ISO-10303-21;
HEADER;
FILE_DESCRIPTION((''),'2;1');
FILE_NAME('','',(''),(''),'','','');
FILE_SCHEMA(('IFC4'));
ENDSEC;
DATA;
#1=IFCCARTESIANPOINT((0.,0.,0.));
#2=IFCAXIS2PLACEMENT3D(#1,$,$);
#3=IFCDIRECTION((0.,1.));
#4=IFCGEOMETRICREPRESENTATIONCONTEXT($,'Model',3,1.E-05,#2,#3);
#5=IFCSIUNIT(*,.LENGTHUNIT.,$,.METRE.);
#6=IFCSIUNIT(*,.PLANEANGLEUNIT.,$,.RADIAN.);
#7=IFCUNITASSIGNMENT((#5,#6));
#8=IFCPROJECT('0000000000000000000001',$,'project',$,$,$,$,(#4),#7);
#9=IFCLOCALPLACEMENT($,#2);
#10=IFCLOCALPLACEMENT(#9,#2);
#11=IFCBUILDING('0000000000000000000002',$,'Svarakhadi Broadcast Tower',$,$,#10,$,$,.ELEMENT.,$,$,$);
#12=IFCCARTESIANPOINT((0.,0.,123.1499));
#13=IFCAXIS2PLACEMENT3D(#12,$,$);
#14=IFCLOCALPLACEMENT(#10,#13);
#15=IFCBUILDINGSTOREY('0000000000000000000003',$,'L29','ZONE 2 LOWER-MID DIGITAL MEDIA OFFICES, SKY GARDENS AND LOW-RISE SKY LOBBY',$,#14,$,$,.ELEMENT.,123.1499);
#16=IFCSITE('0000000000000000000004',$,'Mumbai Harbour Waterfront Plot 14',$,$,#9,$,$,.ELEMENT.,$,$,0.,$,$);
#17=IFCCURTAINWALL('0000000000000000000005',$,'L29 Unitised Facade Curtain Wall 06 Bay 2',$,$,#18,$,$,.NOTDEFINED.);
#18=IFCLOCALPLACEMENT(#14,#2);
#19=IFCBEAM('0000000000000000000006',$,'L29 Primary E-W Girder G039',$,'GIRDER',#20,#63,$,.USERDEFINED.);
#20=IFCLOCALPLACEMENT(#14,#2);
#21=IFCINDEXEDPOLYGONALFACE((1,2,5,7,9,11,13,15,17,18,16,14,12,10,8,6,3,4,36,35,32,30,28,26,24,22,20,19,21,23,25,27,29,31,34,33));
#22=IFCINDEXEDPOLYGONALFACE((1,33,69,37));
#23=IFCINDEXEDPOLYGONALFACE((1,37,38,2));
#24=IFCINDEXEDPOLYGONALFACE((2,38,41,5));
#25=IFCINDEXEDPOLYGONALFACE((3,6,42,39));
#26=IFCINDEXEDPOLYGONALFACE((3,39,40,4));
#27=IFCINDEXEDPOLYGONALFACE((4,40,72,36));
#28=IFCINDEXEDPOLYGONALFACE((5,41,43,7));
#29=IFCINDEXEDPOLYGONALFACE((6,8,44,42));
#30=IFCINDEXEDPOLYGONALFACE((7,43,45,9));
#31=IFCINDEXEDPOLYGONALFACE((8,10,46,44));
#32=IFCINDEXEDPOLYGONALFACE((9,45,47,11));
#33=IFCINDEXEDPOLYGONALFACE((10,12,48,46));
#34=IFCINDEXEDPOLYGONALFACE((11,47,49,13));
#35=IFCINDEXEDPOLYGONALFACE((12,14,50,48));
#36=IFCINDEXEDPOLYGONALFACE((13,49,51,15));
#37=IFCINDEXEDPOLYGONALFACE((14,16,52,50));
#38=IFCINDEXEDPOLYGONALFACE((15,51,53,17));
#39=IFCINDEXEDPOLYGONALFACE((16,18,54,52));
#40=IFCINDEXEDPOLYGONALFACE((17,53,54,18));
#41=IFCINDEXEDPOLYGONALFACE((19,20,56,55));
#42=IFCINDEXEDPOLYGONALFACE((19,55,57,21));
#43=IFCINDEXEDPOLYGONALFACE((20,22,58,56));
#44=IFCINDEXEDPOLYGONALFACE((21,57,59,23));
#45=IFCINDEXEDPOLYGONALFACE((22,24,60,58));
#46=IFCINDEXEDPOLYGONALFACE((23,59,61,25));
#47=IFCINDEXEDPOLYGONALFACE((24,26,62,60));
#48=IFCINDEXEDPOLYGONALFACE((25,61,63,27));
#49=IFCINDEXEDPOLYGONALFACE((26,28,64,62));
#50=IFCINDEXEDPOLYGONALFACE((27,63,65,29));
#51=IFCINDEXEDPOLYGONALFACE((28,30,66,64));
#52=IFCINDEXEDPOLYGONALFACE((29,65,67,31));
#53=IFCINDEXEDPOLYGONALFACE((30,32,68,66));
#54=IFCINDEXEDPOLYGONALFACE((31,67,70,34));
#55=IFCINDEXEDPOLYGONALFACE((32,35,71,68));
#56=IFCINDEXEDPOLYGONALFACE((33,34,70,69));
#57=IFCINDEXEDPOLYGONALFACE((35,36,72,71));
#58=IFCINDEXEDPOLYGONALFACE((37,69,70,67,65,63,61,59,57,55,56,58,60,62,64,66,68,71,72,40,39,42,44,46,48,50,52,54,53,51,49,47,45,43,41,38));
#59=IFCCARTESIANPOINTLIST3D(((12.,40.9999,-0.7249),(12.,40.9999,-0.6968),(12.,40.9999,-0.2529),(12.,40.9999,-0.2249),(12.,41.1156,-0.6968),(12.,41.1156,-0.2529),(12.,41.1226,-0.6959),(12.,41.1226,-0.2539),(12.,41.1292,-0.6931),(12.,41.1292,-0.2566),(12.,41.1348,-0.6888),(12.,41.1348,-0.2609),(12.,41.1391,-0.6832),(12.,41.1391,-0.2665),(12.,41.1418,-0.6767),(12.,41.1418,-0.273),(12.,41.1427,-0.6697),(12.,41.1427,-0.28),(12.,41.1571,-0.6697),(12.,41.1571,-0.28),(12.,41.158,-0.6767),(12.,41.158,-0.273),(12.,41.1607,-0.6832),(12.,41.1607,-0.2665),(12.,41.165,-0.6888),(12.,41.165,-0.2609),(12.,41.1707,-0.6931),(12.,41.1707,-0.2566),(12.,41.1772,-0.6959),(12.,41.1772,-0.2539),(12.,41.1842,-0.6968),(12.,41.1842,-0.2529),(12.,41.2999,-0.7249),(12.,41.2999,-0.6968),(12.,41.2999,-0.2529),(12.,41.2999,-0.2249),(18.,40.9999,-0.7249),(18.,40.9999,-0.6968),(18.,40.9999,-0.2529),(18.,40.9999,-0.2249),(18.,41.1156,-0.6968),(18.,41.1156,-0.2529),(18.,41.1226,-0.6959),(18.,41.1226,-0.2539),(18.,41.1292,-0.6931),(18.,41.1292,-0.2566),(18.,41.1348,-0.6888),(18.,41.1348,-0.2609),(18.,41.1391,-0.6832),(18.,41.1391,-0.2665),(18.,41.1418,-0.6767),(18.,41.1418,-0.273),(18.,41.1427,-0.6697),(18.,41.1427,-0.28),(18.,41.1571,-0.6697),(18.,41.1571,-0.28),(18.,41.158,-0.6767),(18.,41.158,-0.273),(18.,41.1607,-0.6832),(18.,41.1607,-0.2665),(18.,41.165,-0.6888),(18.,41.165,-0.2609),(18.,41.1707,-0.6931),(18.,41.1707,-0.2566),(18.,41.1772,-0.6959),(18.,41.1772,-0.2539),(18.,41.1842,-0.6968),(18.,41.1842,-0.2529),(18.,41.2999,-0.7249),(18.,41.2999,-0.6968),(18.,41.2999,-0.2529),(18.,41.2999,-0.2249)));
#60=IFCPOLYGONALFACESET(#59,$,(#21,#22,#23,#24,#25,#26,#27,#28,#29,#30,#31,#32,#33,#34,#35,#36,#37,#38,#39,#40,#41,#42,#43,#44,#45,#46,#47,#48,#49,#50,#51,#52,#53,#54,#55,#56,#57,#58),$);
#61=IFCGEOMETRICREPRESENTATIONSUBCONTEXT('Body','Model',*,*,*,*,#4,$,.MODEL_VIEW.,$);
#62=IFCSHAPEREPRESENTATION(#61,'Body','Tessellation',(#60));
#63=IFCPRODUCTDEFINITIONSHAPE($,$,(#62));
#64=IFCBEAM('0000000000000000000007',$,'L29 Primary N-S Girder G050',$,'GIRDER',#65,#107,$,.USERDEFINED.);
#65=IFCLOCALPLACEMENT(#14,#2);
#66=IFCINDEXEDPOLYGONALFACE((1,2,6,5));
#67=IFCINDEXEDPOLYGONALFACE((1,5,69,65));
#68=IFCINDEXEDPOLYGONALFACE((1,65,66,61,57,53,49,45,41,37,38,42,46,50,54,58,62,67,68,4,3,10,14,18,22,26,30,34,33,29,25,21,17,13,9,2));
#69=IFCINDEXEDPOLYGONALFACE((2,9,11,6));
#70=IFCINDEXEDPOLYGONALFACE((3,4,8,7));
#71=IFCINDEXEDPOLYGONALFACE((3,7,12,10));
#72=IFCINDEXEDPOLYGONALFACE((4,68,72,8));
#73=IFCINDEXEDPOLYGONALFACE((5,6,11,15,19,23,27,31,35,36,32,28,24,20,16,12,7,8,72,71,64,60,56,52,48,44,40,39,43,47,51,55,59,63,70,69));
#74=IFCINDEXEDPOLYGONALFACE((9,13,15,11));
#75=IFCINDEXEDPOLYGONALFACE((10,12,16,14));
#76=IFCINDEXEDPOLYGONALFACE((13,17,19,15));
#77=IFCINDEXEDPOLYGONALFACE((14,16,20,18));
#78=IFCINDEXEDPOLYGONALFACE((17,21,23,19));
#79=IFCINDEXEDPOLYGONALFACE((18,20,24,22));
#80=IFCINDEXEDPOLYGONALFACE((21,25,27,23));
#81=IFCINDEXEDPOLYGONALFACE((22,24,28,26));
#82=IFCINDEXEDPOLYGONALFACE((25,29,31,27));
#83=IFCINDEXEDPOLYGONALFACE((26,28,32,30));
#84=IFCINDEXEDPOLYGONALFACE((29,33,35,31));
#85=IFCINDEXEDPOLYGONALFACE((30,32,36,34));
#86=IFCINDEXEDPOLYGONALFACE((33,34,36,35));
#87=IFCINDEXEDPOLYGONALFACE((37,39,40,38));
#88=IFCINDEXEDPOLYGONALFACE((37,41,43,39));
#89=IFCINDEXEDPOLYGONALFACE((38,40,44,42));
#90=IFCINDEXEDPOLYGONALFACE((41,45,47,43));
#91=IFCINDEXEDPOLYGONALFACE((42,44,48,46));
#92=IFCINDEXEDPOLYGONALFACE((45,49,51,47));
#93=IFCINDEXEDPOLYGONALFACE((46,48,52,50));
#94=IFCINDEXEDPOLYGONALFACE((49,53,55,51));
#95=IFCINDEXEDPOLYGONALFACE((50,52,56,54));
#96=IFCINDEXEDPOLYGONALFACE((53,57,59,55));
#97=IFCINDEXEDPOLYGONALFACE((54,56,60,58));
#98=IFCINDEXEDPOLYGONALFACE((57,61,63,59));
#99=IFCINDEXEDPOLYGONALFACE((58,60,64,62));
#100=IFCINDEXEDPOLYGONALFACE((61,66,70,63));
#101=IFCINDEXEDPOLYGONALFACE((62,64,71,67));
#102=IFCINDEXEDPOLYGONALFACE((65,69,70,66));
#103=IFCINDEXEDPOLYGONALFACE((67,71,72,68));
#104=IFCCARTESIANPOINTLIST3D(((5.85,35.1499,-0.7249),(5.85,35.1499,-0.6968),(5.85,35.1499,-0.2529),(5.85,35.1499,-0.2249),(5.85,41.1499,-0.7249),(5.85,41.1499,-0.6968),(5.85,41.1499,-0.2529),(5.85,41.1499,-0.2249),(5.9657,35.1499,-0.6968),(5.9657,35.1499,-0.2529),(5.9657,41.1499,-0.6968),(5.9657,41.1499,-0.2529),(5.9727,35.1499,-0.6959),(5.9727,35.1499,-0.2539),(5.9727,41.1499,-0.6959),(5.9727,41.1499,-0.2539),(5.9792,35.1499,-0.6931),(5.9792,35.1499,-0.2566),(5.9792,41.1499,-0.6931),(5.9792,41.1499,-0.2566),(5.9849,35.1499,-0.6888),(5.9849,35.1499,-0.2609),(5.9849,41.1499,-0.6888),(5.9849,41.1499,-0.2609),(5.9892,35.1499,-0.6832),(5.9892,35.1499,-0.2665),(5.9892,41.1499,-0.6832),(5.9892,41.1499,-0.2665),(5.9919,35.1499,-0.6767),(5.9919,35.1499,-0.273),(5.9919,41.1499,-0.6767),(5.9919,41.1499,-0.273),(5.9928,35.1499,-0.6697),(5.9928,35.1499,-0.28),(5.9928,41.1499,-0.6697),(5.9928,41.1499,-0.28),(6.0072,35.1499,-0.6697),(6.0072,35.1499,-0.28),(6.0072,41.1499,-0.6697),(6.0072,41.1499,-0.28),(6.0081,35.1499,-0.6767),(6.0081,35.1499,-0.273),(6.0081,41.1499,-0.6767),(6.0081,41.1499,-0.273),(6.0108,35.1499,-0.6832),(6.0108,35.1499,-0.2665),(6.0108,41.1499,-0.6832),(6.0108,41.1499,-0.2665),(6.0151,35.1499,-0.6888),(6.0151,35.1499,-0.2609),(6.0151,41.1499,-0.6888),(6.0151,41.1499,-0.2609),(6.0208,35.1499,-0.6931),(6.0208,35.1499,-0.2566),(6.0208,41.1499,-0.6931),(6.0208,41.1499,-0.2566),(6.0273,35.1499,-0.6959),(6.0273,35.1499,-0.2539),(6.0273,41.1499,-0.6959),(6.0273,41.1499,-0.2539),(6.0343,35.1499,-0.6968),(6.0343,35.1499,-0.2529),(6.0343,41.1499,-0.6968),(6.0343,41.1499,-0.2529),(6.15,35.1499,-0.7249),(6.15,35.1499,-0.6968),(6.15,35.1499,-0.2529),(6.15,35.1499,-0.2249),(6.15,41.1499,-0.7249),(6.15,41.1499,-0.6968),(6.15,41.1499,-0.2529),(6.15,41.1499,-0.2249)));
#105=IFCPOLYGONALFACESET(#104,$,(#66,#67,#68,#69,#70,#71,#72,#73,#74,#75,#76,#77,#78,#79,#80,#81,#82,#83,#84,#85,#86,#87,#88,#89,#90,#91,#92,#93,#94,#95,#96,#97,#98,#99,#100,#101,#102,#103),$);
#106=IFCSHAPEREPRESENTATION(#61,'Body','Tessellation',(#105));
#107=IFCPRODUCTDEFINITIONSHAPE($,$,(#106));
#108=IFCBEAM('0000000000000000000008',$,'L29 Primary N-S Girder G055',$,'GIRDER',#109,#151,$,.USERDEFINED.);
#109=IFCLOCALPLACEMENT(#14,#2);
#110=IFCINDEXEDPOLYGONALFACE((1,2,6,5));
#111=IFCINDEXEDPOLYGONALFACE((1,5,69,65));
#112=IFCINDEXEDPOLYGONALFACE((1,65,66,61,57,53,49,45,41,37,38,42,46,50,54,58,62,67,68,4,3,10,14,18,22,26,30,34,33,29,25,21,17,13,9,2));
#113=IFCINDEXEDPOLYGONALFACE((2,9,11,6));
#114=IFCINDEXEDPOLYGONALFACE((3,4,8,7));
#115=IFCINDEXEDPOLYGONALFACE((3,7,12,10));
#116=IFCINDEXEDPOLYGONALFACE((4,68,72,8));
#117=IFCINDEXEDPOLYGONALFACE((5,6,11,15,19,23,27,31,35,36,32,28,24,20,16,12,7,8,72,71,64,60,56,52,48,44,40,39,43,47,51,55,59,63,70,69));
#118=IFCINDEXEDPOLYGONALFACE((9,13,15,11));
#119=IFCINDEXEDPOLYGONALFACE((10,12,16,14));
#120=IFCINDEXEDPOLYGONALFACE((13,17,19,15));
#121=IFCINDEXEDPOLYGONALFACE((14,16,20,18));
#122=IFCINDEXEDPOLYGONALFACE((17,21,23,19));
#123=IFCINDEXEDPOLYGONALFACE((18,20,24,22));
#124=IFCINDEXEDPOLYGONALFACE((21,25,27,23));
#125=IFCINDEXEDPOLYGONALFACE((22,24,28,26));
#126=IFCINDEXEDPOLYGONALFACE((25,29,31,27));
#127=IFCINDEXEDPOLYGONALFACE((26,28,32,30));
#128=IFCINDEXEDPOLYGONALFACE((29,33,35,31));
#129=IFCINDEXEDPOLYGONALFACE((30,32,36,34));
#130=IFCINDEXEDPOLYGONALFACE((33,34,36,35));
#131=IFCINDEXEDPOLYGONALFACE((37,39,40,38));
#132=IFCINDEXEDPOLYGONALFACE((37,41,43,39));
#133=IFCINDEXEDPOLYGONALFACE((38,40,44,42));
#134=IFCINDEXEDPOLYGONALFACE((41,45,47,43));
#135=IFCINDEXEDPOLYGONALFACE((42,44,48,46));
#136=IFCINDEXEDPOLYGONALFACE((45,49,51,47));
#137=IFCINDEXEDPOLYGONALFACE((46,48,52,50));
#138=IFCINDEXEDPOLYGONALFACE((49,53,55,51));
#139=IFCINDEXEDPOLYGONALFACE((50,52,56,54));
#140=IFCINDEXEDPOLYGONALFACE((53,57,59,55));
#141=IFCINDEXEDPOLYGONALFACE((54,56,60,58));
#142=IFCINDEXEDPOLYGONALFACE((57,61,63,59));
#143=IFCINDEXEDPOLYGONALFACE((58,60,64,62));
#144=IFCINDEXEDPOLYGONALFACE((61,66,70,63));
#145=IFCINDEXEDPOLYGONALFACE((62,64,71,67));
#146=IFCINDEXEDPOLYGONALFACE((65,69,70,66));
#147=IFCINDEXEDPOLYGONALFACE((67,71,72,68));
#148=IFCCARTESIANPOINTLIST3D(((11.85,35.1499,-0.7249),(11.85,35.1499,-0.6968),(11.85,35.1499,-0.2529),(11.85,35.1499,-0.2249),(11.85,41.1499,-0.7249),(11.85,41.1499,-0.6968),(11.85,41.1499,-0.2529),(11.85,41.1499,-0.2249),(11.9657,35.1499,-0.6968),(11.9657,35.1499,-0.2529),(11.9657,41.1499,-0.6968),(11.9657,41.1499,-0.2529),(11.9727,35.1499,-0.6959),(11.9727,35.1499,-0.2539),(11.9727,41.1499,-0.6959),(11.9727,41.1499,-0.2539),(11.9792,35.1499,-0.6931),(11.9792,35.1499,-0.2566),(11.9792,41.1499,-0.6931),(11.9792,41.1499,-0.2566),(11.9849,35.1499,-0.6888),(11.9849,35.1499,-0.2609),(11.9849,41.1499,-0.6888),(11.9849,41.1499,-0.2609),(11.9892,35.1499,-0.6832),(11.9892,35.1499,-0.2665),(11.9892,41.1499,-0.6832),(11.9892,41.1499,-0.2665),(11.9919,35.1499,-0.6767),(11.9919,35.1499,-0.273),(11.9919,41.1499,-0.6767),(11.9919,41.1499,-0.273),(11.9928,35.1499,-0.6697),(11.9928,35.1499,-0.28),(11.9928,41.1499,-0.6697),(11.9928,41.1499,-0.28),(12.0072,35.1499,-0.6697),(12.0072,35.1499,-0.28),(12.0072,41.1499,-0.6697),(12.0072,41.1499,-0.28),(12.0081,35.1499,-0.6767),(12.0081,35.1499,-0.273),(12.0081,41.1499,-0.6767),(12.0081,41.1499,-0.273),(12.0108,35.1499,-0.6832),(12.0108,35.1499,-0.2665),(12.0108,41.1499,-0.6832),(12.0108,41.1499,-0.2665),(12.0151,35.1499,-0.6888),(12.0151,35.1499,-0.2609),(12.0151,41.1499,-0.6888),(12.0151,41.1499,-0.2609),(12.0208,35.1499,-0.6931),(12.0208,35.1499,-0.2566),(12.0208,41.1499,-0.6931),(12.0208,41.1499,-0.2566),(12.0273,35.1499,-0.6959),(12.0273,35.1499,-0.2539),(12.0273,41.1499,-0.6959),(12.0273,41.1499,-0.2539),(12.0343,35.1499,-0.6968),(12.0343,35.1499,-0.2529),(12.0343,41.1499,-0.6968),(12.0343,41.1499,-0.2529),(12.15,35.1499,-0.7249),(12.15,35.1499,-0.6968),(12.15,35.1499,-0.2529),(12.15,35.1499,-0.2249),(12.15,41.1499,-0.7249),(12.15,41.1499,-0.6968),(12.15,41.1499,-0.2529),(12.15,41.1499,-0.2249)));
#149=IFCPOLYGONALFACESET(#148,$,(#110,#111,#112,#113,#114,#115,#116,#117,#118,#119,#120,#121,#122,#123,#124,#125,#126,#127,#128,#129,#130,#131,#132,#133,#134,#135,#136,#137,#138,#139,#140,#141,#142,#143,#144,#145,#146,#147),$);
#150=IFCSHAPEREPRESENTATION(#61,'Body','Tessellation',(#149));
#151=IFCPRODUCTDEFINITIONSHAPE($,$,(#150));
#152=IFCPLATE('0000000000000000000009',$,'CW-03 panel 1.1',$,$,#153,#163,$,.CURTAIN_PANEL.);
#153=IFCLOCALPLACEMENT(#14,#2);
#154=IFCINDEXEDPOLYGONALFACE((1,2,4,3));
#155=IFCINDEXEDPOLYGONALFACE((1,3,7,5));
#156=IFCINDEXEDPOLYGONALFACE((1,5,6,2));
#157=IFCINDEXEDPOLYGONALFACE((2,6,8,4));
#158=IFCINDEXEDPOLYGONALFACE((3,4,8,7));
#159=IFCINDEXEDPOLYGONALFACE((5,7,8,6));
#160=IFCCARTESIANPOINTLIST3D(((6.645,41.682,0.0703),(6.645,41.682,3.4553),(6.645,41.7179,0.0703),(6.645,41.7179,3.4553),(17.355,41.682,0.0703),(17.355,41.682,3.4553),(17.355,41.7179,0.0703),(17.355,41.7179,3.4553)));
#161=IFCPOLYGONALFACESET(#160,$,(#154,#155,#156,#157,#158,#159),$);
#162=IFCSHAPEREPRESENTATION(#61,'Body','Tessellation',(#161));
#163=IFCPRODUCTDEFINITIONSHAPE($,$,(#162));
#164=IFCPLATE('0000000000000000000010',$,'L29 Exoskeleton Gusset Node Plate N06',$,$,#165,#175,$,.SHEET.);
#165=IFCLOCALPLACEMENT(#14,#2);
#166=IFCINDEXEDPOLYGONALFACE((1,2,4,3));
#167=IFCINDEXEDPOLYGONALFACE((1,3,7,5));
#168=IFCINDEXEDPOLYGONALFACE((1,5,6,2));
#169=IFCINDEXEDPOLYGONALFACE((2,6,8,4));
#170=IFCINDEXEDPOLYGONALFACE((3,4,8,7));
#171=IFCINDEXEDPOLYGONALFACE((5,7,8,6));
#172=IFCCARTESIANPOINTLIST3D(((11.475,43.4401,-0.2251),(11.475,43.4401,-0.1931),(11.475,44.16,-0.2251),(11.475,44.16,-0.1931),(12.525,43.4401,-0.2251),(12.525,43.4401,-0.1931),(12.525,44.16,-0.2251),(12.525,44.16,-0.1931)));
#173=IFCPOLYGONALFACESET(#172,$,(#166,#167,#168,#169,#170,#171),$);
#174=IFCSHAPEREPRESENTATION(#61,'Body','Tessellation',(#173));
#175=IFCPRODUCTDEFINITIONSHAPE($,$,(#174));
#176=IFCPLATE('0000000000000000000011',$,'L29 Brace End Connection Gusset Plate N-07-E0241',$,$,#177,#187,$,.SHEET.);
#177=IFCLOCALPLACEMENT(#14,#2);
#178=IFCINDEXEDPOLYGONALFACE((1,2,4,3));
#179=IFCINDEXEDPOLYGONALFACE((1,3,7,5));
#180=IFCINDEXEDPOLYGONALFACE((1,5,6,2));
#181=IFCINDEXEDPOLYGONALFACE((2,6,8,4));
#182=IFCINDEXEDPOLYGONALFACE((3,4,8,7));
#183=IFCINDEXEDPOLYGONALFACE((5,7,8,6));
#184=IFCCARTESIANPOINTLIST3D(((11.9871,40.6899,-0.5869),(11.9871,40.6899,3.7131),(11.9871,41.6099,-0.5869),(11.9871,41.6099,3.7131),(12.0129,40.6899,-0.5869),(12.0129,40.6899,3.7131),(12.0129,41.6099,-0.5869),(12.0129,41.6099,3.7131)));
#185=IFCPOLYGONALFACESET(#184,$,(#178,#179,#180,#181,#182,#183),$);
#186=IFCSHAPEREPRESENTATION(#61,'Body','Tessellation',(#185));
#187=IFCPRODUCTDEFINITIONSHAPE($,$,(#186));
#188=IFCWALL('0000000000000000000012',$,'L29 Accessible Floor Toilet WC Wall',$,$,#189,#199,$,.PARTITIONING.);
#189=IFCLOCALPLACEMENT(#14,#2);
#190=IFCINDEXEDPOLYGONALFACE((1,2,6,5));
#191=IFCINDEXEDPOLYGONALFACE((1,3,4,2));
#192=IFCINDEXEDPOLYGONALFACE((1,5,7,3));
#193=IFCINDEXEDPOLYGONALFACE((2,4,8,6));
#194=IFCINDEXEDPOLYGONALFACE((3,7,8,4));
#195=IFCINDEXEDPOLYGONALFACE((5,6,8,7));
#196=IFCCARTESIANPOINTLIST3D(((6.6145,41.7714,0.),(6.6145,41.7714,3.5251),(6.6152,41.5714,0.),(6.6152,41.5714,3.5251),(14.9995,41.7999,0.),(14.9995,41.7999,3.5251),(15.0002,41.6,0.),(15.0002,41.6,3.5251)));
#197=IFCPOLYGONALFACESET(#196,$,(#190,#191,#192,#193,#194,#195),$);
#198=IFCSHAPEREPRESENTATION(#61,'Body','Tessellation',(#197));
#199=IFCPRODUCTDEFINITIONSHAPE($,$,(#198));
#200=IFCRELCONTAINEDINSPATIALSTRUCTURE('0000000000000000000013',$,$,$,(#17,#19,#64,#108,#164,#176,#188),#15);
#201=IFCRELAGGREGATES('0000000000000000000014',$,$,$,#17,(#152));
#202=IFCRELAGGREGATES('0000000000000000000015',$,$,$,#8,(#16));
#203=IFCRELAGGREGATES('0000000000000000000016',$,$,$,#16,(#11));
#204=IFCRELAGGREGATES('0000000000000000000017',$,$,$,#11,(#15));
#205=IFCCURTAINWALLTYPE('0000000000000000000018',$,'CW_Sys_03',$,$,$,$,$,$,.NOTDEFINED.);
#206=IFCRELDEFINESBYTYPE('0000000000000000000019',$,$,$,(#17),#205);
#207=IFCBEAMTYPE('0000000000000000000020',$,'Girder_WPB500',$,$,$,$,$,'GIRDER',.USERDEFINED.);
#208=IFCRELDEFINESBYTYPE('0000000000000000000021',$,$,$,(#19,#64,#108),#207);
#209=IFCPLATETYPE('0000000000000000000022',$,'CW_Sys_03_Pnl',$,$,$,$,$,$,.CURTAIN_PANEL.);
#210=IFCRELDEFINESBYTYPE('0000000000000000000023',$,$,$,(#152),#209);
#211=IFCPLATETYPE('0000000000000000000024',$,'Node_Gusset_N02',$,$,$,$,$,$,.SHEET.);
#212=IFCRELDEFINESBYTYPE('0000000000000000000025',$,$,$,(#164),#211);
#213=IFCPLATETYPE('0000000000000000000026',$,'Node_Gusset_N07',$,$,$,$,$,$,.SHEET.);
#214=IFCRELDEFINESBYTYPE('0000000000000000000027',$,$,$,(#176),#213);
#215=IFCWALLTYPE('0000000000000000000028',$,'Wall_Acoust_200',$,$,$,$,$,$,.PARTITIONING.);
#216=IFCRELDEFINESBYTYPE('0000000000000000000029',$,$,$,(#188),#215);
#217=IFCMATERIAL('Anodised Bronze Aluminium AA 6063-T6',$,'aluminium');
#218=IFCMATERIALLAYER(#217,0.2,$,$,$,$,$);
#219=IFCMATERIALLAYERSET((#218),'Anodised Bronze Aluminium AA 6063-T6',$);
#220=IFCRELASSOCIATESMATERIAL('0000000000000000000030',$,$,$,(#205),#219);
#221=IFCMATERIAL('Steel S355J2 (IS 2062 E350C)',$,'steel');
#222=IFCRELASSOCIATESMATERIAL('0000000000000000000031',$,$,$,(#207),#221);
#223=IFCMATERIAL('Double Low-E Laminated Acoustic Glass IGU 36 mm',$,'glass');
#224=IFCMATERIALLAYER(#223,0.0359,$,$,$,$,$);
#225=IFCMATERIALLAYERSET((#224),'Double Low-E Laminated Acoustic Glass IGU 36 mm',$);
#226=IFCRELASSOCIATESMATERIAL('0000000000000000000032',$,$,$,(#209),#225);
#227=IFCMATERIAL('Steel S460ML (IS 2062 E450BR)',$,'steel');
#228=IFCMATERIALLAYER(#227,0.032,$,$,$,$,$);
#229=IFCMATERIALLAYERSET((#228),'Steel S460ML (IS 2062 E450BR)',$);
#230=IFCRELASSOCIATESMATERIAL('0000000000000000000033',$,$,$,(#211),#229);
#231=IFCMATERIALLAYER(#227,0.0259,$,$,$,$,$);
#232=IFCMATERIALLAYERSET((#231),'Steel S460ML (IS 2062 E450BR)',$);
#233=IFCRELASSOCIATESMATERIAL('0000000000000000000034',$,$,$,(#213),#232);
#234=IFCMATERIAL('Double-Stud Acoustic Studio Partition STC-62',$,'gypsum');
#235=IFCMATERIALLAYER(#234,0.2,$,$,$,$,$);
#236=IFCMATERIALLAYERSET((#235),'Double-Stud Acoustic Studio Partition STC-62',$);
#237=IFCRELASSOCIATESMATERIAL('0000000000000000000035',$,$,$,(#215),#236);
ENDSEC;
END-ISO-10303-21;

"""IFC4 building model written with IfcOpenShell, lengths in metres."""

from ifc_helpers import new_model, si_unit, direction, frame, frame_2d, origin, origin_2d, place, context, subcontext, project, spatial, rectangle, i_section, extrude, material, layer, layer_set, material_profile, profile_set, type_object, element, aggregate, save


model = new_model("IFC4")

# Units and contexts
model_context = context("Model", 3, precision=1e-05, world=origin(), true_north=direction((0.0, 1.0)))
body_context = subcontext(model_context, "Body", "Model", "MODEL_VIEW")
ifc_project = project(units=[si_unit("LENGTHUNIT", "METRE"), si_unit("PLANEANGLEUNIT", "RADIAN")], contexts=[model_context])

# Site, building, storey
site_placement = place(None, origin())
site = spatial("IfcSite", under=ifc_project, at=site_placement, Name="Mumbai Harbour Waterfront Plot 14", CompositionType="ELEMENT", RefElevation=0.0)
building_placement = place(site_placement, origin())
building = spatial("IfcBuilding", under=site, at=building_placement, Name="Svarakhadi Broadcast Tower", CompositionType="ELEMENT")
storey_placement = place(building_placement, frame((0.0, 0.0, 123.1499)))
storey = spatial("IfcBuildingStorey", under=building, at=storey_placement, Name="L29", Description="ZONE 2 LOWER-MID DIGITAL MEDIA OFFICES, SKY GARDENS AND LOW-RISE SKY LOBBY", CompositionType="ELEMENT", Elevation=123.1499)

# Shared definitions
ifc_material_1 = material(Name="Steel S460ML (IS 2062 E450BR)", Category="steel")

# Shared definitions
ifc_material_2 = material(Name="Steel S355J2 (IS 2062 E350C)", Category="steel")

# Curtain wall
ifc_material_3 = material(Name="Anodised Bronze Aluminium AA 6063-T6", Category="aluminium")
ifc_layer_1 = layer(ifc_material_3, 0.2)
ifc_layer_set_1 = layer_set([ifc_layer_1], Name="Anodised Bronze Aluminium AA 6063-T6")
curtain_wall_type = type_object("IfcCurtainWallType", Name="CW_Sys_03", PredefinedType="NOTDEFINED", material=ifc_layer_set_1)
curtain_wall_placement = place(storey_placement, origin())
curtain_wall = element("IfcCurtainWall", 1, at=curtain_wall_placement, inside=storey, type_object=curtain_wall_type, Name="L29 Unitised Facade Curtain Wall 06 Bay 2", PredefinedType="NOTDEFINED")

# Beams
ifc_material_profile_1 = material_profile(ifc_material_2, i_section(OverallWidth=0.3, OverallDepth=0.5, WebThickness=0.0144, FlangeThickness=0.0281, FilletRadius=0.0271, at=origin_2d()), Name="WPB 500x300x187")
ifc_profile_set_1 = profile_set([ifc_material_profile_1], Name="Steel S355J2 (IS 2062 E350C)")
beam_type_1 = type_object("IfcBeamType", Name="Girder_WPB500", ElementType="GIRDER", PredefinedType="USERDEFINED", material=ifc_profile_set_1)
for number, where, z_axis, x_axis, name in (
    (2, (12.0, 41.1499, -0.4749), (1.0, 0.0, 0.0), (0.0, 1.0, 0.0), "L29 Primary E-W Girder G039"),
    (3, (6.0, 35.1499, -0.4749), (0.0, 1.0, 0.0), (-1.0, 0.0, 0.0), "L29 Primary N-S Girder G050"),
    (4, (12.0, 35.1499, -0.4749), (0.0, 1.0, 0.0), (-1.0, 0.0, 0.0), "L29 Primary N-S Girder G055"),
):
    element("IfcBeam", number, at=place(storey_placement, frame(where, z_axis=z_axis, x_axis=x_axis)), inside=storey, type_object=beam_type_1, Name=name, ObjectType="GIRDER", PredefinedType="USERDEFINED", context=body_context, shape_type="SweptSolid", body=[
        extrude(i_section(OverallWidth=0.3, OverallDepth=0.5, WebThickness=0.0144, FlangeThickness=0.0281, FilletRadius=0.0271, at=origin_2d()), origin(), (0.0, 0.0, 1.0), 6.0),
    ])

# Plate
ifc_material_4 = material(Name="Double Low-E Laminated Acoustic Glass IGU 36 mm", Category="glass")
ifc_layer_2 = layer(ifc_material_4, 0.0359)
ifc_layer_set_2 = layer_set([ifc_layer_2], Name="Double Low-E Laminated Acoustic Glass IGU 36 mm")
plate_type_1 = type_object("IfcPlateType", Name="CW_Sys_03_Pnl", PredefinedType="CURTAIN_PANEL", material=ifc_layer_set_2)
plate_1_placement = place(storey_placement, frame((12.0, 41.7, 0.0703), z_axis=(0.0, 0.0, 1.0), x_axis=(1.0, 0.0, 0.0)))
plate_1 = element("IfcPlate", 5, at=plate_1_placement, type_object=plate_type_1, Name="CW-03 panel 1.1", PredefinedType="CURTAIN_PANEL", context=body_context, shape_type="SweptSolid", body=[
    extrude(rectangle(XDim=10.71, YDim=0.0359, at=origin_2d()), origin(), (0.0, 0.0, 1.0), 3.385),
])
aggregate(curtain_wall, [plate_1])

# Plates
ifc_layer_3 = layer(ifc_material_1, 0.032)
ifc_layer_set_3 = layer_set([ifc_layer_3], Name="Steel S460ML (IS 2062 E450BR)")
plate_type_2 = type_object("IfcPlateType", Name="Node_Gusset_N02", PredefinedType="SHEET", material=ifc_layer_set_3)
plate_2_placement = place(storey_placement, frame((12.0, 43.8, -0.2251), z_axis=(0.0, 0.0, 1.0), x_axis=(1.0, 0.0, 0.0)))
element("IfcPlate", 6, at=plate_2_placement, inside=storey, type_object=plate_type_2, Name="L29 Exoskeleton Gusset Node Plate N06", PredefinedType="SHEET", context=body_context, shape_type="SweptSolid", body=[
    extrude(rectangle(XDim=1.05, YDim=0.72, at=origin_2d()), origin(), (0.0, 0.0, 1.0), 0.032),
])
ifc_layer_4 = layer(ifc_material_1, 0.0259)
ifc_layer_set_4 = layer_set([ifc_layer_4], Name="Steel S460ML (IS 2062 E450BR)")
plate_type_3 = type_object("IfcPlateType", Name="Node_Gusset_N07", PredefinedType="SHEET", material=ifc_layer_set_4)
plate_3_placement = place(storey_placement, frame((12.0, 41.1499, -0.5869), z_axis=(0.0, 0.0, 1.0), x_axis=(0.0, 1.0, 0.0)))
element("IfcPlate", 7, at=plate_3_placement, inside=storey, type_object=plate_type_3, Name="L29 Brace End Connection Gusset Plate N-07-E0241", PredefinedType="SHEET", context=body_context, shape_type="SweptSolid", body=[
    extrude(rectangle(XDim=0.9199, YDim=0.0259, at=origin_2d()), origin(), (0.0, 0.0, 1.0), 4.3),
])

# Wall
ifc_material_5 = material(Name="Double-Stud Acoustic Studio Partition STC-62", Category="gypsum")
ifc_layer_5 = layer(ifc_material_5, 0.2)
ifc_layer_set_5 = layer_set([ifc_layer_5], Name="Double-Stud Acoustic Studio Partition STC-62")
wall_type_1 = type_object("IfcWallType", Name="Wall_Acoust_200", PredefinedType="PARTITIONING", material=ifc_layer_set_5)
wall_1_placement = place(storey_placement, frame((6.615, 41.6714, 0.0), z_axis=(0.0, 0.0, 1.0), x_axis=(0.999994, 0.003407, 0.0)))
element("IfcWall", 8, at=wall_1_placement, inside=storey, type_object=wall_type_1, Name="L29 Accessible Floor Toilet WC Wall", PredefinedType="PARTITIONING", context=body_context, shape_type="SweptSolid", body=[
    extrude(rectangle(XDim=8.385, YDim=0.2, at=frame_2d((4.1924, 0.0))), origin(), (0.0, 0.0, 1.0), 3.5251),
])

save(model, "model.ifc")
